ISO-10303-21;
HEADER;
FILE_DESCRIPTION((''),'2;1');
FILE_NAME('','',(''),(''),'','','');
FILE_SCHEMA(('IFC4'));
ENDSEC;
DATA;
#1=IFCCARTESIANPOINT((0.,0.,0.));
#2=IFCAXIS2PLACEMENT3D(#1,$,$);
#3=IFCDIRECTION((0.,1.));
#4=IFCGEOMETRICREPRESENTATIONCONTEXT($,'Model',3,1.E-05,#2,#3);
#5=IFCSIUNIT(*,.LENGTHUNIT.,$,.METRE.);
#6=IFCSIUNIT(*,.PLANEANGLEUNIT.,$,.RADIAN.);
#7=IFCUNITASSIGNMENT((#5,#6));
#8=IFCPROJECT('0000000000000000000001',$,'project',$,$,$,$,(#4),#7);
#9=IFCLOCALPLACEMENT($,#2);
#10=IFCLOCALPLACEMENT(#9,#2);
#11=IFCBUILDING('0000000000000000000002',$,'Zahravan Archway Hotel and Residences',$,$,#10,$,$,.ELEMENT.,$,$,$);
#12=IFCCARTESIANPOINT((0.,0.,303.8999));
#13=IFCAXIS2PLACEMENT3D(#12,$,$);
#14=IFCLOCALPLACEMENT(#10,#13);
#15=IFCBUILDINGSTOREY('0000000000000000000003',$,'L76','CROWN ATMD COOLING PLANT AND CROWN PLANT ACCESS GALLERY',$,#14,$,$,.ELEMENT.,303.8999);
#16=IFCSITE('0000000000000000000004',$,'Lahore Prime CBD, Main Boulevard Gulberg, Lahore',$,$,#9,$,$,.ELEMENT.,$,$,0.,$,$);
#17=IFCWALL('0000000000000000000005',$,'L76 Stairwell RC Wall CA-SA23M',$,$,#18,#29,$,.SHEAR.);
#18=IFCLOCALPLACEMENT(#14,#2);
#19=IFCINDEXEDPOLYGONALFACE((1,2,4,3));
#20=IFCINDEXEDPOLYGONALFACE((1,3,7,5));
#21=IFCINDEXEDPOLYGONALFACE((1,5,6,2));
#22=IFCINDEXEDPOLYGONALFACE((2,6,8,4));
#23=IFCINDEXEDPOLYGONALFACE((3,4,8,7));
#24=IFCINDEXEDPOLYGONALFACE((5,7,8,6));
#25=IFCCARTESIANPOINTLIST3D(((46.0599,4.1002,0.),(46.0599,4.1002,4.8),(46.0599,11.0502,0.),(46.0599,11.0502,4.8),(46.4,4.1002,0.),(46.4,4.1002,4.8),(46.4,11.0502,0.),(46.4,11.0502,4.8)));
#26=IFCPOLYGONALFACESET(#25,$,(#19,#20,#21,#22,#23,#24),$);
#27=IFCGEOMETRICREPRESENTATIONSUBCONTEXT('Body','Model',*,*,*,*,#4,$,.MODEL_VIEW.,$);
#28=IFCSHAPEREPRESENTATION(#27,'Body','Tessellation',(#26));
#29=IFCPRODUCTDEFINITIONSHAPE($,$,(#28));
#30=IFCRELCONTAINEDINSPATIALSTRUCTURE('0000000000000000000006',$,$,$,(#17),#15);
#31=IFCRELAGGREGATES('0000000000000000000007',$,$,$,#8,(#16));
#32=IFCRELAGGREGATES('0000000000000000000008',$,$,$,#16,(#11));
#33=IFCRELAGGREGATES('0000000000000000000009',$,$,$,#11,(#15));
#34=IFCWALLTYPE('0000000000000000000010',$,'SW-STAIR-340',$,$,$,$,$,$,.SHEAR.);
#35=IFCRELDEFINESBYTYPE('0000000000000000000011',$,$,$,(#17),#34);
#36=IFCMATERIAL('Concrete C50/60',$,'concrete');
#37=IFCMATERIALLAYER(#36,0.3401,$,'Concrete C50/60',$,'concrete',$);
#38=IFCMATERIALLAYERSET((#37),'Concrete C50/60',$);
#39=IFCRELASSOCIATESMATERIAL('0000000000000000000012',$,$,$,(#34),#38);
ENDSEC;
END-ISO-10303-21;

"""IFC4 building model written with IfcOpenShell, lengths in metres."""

from ifc_helpers import new_model, si_unit, direction, frame, frame_2d, origin, place, context, subcontext, project, spatial, rectangle, extrude, material, layer, layer_set, type_object, element, save


model = new_model("IFC4")

# Units and contexts
model_context = context("Model", 3, precision=1e-05, world=origin(), true_north=direction((0.0, 1.0)))
body_context = subcontext(model_context, "Body", "Model", "MODEL_VIEW")
ifc_project = project(units=[si_unit("LENGTHUNIT", "METRE"), si_unit("PLANEANGLEUNIT", "RADIAN")], contexts=[model_context])

# Site, building, storey
site_placement = place(None, origin())
site = spatial("IfcSite", under=ifc_project, at=site_placement, Name="Lahore Prime CBD, Main Boulevard Gulberg, Lahore", CompositionType="ELEMENT", RefElevation=0.0)
building_placement = place(site_placement, origin())
building = spatial("IfcBuilding", under=site, at=building_placement, Name="Zahravan Archway Hotel and Residences", CompositionType="ELEMENT")
storey_placement = place(building_placement, frame((0.0, 0.0, 303.8999)))
storey = spatial("IfcBuildingStorey", under=building, at=storey_placement, Name="L76", Description="CROWN ATMD COOLING PLANT AND CROWN PLANT ACCESS GALLERY", CompositionType="ELEMENT", Elevation=303.8999)

# Wall
ifc_material_1 = material(Name="Concrete C50/60", Category="concrete")
ifc_layer_1 = layer(ifc_material_1, 0.3401, Name="Concrete C50/60", Category="concrete")
ifc_layer_set_1 = layer_set([ifc_layer_1], Name="Concrete C50/60")
wall_type_1 = type_object("IfcWallType", Name="SW-STAIR-340", PredefinedType="SHEAR", material=ifc_layer_set_1)
wall_1_placement = place(storey_placement, frame((46.23, 4.1001, 0.0), z_axis=(0.0, 0.0, 1.0), x_axis=(0.0, 1.0, 0.0)))
element("IfcWall", 1, at=wall_1_placement, inside=storey, type_object=wall_type_1, Name="L76 Stairwell RC Wall CA-SA23M", PredefinedType="SHEAR", context=body_context, shape_type="SweptSolid", body=[
    extrude(rectangle(XDim=6.95, YDim=0.3401, at=frame_2d((3.4751, 0.0))), origin(), (0.0, 0.0, 1.0), 4.8),
])

save(model, "model.ifc")
